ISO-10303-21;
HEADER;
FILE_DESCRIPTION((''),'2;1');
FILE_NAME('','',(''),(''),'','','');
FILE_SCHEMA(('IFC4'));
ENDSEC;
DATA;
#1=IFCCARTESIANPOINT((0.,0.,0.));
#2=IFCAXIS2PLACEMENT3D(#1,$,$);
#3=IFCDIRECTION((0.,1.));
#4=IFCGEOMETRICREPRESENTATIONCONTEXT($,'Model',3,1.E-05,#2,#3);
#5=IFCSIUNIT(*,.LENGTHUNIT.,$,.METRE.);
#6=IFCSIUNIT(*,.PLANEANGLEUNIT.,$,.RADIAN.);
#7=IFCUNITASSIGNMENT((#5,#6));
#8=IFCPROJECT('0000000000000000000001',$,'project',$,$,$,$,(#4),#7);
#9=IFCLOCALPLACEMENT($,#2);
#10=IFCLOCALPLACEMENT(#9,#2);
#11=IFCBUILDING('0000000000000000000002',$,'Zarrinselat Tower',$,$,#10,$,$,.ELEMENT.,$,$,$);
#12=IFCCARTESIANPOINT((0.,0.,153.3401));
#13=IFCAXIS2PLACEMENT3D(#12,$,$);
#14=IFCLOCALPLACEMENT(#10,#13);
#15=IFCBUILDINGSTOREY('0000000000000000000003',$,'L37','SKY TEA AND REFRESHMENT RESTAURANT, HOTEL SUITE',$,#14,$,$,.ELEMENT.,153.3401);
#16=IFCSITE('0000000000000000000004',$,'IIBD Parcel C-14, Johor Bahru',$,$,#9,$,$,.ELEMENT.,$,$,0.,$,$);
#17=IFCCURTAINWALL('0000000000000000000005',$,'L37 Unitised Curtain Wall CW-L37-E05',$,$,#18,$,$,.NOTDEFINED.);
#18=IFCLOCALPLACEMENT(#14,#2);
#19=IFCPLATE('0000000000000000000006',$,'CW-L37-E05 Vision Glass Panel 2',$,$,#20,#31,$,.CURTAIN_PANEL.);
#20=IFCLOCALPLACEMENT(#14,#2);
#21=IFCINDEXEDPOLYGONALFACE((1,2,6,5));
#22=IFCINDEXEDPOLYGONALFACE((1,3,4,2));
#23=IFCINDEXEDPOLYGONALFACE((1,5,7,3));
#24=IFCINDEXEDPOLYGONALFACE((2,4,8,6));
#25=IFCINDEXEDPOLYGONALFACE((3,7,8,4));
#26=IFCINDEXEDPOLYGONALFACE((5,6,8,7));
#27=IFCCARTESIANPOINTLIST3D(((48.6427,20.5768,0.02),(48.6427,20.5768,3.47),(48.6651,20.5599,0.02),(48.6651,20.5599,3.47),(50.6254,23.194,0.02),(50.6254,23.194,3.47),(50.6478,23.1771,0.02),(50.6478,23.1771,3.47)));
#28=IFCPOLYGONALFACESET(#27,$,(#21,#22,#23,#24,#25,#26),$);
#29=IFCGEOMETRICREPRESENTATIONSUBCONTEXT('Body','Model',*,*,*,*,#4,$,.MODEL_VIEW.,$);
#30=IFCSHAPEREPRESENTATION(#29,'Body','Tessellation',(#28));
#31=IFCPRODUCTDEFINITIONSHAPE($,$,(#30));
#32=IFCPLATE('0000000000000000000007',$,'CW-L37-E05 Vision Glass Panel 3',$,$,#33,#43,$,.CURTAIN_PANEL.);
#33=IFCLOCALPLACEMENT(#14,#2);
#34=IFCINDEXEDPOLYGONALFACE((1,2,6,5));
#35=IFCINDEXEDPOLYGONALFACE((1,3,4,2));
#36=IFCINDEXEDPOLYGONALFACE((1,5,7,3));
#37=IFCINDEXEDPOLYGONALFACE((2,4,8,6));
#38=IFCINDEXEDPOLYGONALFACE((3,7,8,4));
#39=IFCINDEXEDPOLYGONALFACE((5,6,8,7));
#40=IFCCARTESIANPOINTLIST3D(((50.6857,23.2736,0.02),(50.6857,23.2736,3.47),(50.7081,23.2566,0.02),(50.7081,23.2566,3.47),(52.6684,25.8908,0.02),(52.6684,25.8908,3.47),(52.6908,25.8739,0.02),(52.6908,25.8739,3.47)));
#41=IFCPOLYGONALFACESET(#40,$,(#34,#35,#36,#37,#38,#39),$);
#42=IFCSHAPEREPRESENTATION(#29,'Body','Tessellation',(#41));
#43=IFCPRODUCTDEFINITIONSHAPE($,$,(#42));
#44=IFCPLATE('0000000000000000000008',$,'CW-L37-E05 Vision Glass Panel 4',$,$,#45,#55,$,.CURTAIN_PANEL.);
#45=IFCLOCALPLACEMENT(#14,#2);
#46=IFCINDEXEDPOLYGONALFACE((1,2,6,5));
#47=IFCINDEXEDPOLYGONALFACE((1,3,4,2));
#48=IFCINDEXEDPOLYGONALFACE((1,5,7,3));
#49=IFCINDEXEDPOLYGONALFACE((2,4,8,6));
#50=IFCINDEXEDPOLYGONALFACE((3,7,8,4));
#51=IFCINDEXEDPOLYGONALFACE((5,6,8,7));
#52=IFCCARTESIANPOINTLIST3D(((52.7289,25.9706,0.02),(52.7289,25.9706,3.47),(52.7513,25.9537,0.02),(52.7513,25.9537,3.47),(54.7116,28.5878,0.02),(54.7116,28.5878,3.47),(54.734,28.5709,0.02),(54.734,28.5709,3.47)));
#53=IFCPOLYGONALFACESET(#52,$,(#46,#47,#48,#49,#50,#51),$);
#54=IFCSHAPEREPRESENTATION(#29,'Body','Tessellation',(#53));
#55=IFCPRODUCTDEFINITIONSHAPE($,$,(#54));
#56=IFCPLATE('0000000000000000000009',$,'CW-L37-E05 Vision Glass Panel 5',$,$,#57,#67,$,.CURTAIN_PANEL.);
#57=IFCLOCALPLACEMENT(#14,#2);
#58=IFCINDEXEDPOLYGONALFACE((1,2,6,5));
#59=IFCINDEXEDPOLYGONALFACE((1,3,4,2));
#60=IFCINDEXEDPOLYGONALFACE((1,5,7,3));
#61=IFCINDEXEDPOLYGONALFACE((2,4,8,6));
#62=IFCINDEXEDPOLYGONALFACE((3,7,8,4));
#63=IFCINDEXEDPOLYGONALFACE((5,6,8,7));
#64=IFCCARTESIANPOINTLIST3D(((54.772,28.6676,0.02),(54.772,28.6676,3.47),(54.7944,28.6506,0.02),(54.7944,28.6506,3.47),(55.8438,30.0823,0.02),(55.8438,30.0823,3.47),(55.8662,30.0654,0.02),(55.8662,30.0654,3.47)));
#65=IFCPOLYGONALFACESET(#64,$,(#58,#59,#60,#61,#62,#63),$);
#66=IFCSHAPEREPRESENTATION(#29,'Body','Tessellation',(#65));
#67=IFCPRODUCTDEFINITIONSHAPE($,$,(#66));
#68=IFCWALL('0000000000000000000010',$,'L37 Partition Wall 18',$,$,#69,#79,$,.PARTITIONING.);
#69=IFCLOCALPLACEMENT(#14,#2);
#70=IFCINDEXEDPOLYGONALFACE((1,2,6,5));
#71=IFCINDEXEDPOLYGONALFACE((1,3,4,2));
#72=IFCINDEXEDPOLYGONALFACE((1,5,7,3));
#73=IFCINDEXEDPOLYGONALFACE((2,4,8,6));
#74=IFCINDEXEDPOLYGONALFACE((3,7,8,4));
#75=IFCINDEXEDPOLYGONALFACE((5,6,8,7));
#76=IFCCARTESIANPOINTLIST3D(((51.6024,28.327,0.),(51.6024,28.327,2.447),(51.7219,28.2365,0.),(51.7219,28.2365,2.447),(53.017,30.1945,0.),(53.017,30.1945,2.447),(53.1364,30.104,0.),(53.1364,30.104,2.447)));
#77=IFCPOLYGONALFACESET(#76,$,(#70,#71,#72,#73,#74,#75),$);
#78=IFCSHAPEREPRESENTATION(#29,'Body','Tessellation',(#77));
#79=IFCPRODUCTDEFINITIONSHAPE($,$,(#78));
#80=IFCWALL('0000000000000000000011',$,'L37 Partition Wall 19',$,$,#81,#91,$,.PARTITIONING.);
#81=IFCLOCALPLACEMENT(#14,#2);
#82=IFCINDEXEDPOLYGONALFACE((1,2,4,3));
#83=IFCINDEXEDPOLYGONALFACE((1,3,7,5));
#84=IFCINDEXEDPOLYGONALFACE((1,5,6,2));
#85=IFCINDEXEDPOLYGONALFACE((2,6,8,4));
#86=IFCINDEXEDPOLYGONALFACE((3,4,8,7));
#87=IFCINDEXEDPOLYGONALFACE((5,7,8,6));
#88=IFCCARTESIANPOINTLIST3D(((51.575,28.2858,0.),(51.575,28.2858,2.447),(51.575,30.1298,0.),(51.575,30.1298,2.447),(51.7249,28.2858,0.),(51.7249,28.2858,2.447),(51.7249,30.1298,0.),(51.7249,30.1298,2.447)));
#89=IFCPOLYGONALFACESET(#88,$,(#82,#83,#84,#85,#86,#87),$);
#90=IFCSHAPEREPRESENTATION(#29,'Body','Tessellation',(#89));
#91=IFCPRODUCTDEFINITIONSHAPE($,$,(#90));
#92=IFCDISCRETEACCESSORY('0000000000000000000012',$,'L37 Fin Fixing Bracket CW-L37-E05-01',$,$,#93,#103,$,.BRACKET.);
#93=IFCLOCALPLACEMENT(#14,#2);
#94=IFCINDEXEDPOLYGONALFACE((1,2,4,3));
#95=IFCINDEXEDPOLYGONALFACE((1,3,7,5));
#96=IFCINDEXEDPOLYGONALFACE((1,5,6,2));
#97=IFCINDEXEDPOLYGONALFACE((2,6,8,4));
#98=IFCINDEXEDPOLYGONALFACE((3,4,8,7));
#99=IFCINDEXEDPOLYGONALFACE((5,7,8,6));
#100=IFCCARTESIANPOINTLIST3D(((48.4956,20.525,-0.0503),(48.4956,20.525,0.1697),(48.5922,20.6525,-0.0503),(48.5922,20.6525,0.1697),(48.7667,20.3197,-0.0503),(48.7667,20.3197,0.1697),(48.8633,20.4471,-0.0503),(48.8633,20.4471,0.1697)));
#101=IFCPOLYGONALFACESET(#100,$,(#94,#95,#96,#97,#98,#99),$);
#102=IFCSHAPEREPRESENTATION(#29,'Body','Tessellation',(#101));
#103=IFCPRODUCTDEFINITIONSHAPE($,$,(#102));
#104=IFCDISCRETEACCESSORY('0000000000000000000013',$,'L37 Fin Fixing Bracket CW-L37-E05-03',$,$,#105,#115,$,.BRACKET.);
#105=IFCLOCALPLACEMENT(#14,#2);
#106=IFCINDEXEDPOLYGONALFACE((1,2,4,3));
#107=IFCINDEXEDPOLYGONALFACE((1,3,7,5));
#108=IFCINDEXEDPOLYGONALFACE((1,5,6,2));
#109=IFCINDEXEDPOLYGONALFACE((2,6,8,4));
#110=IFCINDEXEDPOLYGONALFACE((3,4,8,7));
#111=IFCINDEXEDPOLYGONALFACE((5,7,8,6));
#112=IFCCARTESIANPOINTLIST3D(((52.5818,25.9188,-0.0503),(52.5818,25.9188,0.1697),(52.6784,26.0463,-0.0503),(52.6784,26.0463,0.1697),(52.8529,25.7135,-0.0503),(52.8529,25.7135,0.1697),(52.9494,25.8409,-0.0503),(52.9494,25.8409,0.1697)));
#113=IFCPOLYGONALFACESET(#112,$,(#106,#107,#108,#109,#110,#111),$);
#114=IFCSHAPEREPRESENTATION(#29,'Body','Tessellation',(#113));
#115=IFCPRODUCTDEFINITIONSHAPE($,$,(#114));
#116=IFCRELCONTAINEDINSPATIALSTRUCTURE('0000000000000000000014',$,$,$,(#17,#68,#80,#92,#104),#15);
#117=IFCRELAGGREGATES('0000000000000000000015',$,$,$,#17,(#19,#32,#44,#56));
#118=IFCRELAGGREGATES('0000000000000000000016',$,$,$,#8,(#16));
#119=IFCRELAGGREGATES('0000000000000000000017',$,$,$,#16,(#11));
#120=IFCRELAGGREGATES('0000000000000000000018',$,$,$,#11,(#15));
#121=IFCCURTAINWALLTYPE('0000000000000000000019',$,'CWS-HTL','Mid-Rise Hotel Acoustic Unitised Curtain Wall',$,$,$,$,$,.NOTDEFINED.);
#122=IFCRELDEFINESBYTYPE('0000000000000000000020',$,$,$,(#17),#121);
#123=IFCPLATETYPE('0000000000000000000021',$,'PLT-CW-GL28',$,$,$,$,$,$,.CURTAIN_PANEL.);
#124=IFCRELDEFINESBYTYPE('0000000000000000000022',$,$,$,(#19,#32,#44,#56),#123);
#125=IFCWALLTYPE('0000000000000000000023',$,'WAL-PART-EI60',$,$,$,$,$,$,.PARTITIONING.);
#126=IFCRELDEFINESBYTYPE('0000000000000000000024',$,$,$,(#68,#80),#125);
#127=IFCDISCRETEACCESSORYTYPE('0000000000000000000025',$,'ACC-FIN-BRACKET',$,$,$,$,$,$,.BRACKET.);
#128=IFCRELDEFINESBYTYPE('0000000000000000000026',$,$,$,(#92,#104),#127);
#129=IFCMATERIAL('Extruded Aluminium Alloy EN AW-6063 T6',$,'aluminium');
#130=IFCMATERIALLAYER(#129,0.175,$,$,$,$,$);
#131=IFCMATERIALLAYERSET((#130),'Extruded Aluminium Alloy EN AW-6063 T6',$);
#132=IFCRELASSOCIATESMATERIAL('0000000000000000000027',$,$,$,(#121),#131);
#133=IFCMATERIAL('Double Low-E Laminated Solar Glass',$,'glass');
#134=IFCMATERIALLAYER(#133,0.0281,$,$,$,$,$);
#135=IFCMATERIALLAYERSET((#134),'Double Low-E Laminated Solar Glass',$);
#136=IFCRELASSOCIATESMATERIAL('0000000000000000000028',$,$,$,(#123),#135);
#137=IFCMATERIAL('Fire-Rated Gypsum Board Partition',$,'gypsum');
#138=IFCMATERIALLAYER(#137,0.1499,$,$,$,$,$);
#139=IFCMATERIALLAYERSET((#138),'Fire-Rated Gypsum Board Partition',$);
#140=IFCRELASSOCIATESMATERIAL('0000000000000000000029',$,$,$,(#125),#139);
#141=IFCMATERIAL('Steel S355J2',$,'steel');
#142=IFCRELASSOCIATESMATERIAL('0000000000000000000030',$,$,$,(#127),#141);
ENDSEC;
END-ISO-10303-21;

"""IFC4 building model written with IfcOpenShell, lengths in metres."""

from ifc_helpers import new_model, si_unit, direction, frame, frame_2d, origin, origin_2d, place, context, subcontext, project, spatial, rectangle, extrude, material, layer, layer_set, type_object, element, aggregate, save


model = new_model("IFC4")

# Units and contexts
model_context = context("Model", 3, precision=1e-05, world=origin(), true_north=direction((0.0, 1.0)))
body_context = subcontext(model_context, "Body", "Model", "MODEL_VIEW")
ifc_project = project(units=[si_unit("LENGTHUNIT", "METRE"), si_unit("PLANEANGLEUNIT", "RADIAN")], contexts=[model_context])

# Site, building, storey
site_placement = place(None, origin())
site = spatial("IfcSite", under=ifc_project, at=site_placement, Name="IIBD Parcel C-14, Johor Bahru", CompositionType="ELEMENT", RefElevation=0.0)
building_placement = place(site_placement, origin())
building = spatial("IfcBuilding", under=site, at=building_placement, Name="Zarrinselat Tower", CompositionType="ELEMENT")
storey_placement = place(building_placement, frame((0.0, 0.0, 153.3401)))
storey = spatial("IfcBuildingStorey", under=building, at=storey_placement, Name="L37", Description="SKY TEA AND REFRESHMENT RESTAURANT, HOTEL SUITE", CompositionType="ELEMENT", Elevation=153.3401)

# Curtain wall, plates
ifc_material_1 = material(Name="Extruded Aluminium Alloy EN AW-6063 T6", Category="aluminium")
ifc_layer_1 = layer(ifc_material_1, 0.175)
ifc_layer_set_1 = layer_set([ifc_layer_1], Name="Extruded Aluminium Alloy EN AW-6063 T6")
curtain_wall_type = type_object("IfcCurtainWallType", Name="CWS-HTL", Description="Mid-Rise Hotel Acoustic Unitised Curtain Wall", PredefinedType="NOTDEFINED", material=ifc_layer_set_1)
curtain_wall_placement = place(storey_placement, origin())
curtain_wall = element("IfcCurtainWall", 1, at=curtain_wall_placement, inside=storey, type_object=curtain_wall_type, Name="L37 Unitised Curtain Wall CW-L37-E05", PredefinedType="NOTDEFINED")
ifc_material_2 = material(Name="Double Low-E Laminated Solar Glass", Category="glass")
ifc_layer_2 = layer(ifc_material_2, 0.0281)
ifc_layer_set_2 = layer_set([ifc_layer_2], Name="Double Low-E Laminated Solar Glass")
plate_type = type_object("IfcPlateType", Name="PLT-CW-GL28", PredefinedType="CURTAIN_PANEL", material=ifc_layer_set_2)
plate_1_placement = place(storey_placement, frame((49.6453, 21.877, 0.02), z_axis=(0.0, 0.0, 1.0), x_axis=(0.603858, 0.797092, 0.0)))
plate_1 = element("IfcPlate", 2, at=plate_1_placement, type_object=plate_type, Name="CW-L37-E05 Vision Glass Panel 2", PredefinedType="CURTAIN_PANEL", context=body_context, shape_type="SweptSolid", body=[
    extrude(rectangle(XDim=3.2834, YDim=0.0281, at=origin_2d()), origin(), (0.0, 0.0, 1.0), 3.45),
])
plate_2_placement = place(storey_placement, frame((51.6882, 24.5737, 0.02), z_axis=(0.0, 0.0, 1.0), x_axis=(0.603858, 0.797092, 0.0)))
plate_2 = element("IfcPlate", 3, at=plate_2_placement, type_object=plate_type, Name="CW-L37-E05 Vision Glass Panel 3", PredefinedType="CURTAIN_PANEL", context=body_context, shape_type="SweptSolid", body=[
    extrude(rectangle(XDim=3.2834, YDim=0.0281, at=origin_2d()), origin(), (0.0, 0.0, 1.0), 3.45),
])
plate_3_placement = place(storey_placement, frame((53.7314, 27.2708, 0.02), z_axis=(0.0, 0.0, 1.0), x_axis=(0.603858, 0.797092, 0.0)))
plate_3 = element("IfcPlate", 4, at=plate_3_placement, type_object=plate_type, Name="CW-L37-E05 Vision Glass Panel 4", PredefinedType="CURTAIN_PANEL", context=body_context, shape_type="SweptSolid", body=[
    extrude(rectangle(XDim=3.2834, YDim=0.0281, at=origin_2d()), origin(), (0.0, 0.0, 1.0), 3.45),
])
plate_4_placement = place(storey_placement, frame((55.3191, 29.3665, 0.02), z_axis=(0.0, 0.0, 1.0), x_axis=(0.603858, 0.797092, 0.0)))
plate_4 = element("IfcPlate", 5, at=plate_4_placement, type_object=plate_type, Name="CW-L37-E05 Vision Glass Panel 5", PredefinedType="CURTAIN_PANEL", context=body_context, shape_type="SweptSolid", body=[
    extrude(rectangle(XDim=1.7749, YDim=0.0281, at=origin_2d()), origin(), (0.0, 0.0, 1.0), 3.45),
])
aggregate(curtain_wall, [plate_1, plate_2, plate_3, plate_4])

# Walls
ifc_material_3 = material(Name="Fire-Rated Gypsum Board Partition", Category="gypsum")
ifc_layer_3 = layer(ifc_material_3, 0.1499)
ifc_layer_set_3 = layer_set([ifc_layer_3], Name="Fire-Rated Gypsum Board Partition")
wall_type = type_object("IfcWallType", Name="WAL-PART-EI60", PredefinedType="PARTITIONING", material=ifc_layer_set_3)
wall_1_placement = place(storey_placement, frame((51.6621, 28.2817, 0.0), z_axis=(0.0, 0.0, 1.0), x_axis=(0.603812, 0.797127, 0.0)))
element("IfcWall", 6, at=wall_1_placement, inside=storey, type_object=wall_type, Name="L37 Partition Wall 18", PredefinedType="PARTITIONING", context=body_context, shape_type="SweptSolid", body=[
    extrude(rectangle(XDim=2.3428, YDim=0.1499, at=frame_2d((1.1714, 0.0))), origin(), (0.0, 0.0, 1.0), 2.447),
])
wall_2_placement = place(storey_placement, frame((51.6499, 28.2859, 0.0), z_axis=(0.0, 0.0, 1.0), x_axis=(0.0, 1.0, 0.0)))
element("IfcWall", 7, at=wall_2_placement, inside=storey, type_object=wall_type, Name="L37 Partition Wall 19", PredefinedType="PARTITIONING", context=body_context, shape_type="SweptSolid", body=[
    extrude(rectangle(XDim=1.844, YDim=0.1499, at=frame_2d((0.9219, 0.0))), origin(), (0.0, 0.0, 1.0), 2.447),
])

# Discrete accessories
ifc_material_4 = material(Name="Steel S355J2", Category="steel")
discrete_accessory_type = type_object("IfcDiscreteAccessoryType", Name="ACC-FIN-BRACKET", PredefinedType="BRACKET", material=ifc_material_4)
for number, where, z_axis, x_axis, name in (
    (8, (48.6794, 20.4861, -0.0503), (0.0, 0.0, 1.0), (0.797092, -0.603858, 0.0), "L37 Fin Fixing Bracket CW-L37-E05-01"),
    (9, (52.7656, 25.8799, -0.0503), (0.0, 0.0, 1.0), (0.797092, -0.603858, 0.0), "L37 Fin Fixing Bracket CW-L37-E05-03"),
):
    element("IfcDiscreteAccessory", number, at=place(storey_placement, frame(where, z_axis=z_axis, x_axis=x_axis)), inside=storey, type_object=discrete_accessory_type, Name=name, PredefinedType="BRACKET", context=body_context, shape_type="SweptSolid", body=[
        extrude(rectangle(XDim=0.3401, YDim=0.1599, at=origin_2d()), origin(), (0.0, 0.0, 1.0), 0.22),
    ])

save(model, "model.ifc")
